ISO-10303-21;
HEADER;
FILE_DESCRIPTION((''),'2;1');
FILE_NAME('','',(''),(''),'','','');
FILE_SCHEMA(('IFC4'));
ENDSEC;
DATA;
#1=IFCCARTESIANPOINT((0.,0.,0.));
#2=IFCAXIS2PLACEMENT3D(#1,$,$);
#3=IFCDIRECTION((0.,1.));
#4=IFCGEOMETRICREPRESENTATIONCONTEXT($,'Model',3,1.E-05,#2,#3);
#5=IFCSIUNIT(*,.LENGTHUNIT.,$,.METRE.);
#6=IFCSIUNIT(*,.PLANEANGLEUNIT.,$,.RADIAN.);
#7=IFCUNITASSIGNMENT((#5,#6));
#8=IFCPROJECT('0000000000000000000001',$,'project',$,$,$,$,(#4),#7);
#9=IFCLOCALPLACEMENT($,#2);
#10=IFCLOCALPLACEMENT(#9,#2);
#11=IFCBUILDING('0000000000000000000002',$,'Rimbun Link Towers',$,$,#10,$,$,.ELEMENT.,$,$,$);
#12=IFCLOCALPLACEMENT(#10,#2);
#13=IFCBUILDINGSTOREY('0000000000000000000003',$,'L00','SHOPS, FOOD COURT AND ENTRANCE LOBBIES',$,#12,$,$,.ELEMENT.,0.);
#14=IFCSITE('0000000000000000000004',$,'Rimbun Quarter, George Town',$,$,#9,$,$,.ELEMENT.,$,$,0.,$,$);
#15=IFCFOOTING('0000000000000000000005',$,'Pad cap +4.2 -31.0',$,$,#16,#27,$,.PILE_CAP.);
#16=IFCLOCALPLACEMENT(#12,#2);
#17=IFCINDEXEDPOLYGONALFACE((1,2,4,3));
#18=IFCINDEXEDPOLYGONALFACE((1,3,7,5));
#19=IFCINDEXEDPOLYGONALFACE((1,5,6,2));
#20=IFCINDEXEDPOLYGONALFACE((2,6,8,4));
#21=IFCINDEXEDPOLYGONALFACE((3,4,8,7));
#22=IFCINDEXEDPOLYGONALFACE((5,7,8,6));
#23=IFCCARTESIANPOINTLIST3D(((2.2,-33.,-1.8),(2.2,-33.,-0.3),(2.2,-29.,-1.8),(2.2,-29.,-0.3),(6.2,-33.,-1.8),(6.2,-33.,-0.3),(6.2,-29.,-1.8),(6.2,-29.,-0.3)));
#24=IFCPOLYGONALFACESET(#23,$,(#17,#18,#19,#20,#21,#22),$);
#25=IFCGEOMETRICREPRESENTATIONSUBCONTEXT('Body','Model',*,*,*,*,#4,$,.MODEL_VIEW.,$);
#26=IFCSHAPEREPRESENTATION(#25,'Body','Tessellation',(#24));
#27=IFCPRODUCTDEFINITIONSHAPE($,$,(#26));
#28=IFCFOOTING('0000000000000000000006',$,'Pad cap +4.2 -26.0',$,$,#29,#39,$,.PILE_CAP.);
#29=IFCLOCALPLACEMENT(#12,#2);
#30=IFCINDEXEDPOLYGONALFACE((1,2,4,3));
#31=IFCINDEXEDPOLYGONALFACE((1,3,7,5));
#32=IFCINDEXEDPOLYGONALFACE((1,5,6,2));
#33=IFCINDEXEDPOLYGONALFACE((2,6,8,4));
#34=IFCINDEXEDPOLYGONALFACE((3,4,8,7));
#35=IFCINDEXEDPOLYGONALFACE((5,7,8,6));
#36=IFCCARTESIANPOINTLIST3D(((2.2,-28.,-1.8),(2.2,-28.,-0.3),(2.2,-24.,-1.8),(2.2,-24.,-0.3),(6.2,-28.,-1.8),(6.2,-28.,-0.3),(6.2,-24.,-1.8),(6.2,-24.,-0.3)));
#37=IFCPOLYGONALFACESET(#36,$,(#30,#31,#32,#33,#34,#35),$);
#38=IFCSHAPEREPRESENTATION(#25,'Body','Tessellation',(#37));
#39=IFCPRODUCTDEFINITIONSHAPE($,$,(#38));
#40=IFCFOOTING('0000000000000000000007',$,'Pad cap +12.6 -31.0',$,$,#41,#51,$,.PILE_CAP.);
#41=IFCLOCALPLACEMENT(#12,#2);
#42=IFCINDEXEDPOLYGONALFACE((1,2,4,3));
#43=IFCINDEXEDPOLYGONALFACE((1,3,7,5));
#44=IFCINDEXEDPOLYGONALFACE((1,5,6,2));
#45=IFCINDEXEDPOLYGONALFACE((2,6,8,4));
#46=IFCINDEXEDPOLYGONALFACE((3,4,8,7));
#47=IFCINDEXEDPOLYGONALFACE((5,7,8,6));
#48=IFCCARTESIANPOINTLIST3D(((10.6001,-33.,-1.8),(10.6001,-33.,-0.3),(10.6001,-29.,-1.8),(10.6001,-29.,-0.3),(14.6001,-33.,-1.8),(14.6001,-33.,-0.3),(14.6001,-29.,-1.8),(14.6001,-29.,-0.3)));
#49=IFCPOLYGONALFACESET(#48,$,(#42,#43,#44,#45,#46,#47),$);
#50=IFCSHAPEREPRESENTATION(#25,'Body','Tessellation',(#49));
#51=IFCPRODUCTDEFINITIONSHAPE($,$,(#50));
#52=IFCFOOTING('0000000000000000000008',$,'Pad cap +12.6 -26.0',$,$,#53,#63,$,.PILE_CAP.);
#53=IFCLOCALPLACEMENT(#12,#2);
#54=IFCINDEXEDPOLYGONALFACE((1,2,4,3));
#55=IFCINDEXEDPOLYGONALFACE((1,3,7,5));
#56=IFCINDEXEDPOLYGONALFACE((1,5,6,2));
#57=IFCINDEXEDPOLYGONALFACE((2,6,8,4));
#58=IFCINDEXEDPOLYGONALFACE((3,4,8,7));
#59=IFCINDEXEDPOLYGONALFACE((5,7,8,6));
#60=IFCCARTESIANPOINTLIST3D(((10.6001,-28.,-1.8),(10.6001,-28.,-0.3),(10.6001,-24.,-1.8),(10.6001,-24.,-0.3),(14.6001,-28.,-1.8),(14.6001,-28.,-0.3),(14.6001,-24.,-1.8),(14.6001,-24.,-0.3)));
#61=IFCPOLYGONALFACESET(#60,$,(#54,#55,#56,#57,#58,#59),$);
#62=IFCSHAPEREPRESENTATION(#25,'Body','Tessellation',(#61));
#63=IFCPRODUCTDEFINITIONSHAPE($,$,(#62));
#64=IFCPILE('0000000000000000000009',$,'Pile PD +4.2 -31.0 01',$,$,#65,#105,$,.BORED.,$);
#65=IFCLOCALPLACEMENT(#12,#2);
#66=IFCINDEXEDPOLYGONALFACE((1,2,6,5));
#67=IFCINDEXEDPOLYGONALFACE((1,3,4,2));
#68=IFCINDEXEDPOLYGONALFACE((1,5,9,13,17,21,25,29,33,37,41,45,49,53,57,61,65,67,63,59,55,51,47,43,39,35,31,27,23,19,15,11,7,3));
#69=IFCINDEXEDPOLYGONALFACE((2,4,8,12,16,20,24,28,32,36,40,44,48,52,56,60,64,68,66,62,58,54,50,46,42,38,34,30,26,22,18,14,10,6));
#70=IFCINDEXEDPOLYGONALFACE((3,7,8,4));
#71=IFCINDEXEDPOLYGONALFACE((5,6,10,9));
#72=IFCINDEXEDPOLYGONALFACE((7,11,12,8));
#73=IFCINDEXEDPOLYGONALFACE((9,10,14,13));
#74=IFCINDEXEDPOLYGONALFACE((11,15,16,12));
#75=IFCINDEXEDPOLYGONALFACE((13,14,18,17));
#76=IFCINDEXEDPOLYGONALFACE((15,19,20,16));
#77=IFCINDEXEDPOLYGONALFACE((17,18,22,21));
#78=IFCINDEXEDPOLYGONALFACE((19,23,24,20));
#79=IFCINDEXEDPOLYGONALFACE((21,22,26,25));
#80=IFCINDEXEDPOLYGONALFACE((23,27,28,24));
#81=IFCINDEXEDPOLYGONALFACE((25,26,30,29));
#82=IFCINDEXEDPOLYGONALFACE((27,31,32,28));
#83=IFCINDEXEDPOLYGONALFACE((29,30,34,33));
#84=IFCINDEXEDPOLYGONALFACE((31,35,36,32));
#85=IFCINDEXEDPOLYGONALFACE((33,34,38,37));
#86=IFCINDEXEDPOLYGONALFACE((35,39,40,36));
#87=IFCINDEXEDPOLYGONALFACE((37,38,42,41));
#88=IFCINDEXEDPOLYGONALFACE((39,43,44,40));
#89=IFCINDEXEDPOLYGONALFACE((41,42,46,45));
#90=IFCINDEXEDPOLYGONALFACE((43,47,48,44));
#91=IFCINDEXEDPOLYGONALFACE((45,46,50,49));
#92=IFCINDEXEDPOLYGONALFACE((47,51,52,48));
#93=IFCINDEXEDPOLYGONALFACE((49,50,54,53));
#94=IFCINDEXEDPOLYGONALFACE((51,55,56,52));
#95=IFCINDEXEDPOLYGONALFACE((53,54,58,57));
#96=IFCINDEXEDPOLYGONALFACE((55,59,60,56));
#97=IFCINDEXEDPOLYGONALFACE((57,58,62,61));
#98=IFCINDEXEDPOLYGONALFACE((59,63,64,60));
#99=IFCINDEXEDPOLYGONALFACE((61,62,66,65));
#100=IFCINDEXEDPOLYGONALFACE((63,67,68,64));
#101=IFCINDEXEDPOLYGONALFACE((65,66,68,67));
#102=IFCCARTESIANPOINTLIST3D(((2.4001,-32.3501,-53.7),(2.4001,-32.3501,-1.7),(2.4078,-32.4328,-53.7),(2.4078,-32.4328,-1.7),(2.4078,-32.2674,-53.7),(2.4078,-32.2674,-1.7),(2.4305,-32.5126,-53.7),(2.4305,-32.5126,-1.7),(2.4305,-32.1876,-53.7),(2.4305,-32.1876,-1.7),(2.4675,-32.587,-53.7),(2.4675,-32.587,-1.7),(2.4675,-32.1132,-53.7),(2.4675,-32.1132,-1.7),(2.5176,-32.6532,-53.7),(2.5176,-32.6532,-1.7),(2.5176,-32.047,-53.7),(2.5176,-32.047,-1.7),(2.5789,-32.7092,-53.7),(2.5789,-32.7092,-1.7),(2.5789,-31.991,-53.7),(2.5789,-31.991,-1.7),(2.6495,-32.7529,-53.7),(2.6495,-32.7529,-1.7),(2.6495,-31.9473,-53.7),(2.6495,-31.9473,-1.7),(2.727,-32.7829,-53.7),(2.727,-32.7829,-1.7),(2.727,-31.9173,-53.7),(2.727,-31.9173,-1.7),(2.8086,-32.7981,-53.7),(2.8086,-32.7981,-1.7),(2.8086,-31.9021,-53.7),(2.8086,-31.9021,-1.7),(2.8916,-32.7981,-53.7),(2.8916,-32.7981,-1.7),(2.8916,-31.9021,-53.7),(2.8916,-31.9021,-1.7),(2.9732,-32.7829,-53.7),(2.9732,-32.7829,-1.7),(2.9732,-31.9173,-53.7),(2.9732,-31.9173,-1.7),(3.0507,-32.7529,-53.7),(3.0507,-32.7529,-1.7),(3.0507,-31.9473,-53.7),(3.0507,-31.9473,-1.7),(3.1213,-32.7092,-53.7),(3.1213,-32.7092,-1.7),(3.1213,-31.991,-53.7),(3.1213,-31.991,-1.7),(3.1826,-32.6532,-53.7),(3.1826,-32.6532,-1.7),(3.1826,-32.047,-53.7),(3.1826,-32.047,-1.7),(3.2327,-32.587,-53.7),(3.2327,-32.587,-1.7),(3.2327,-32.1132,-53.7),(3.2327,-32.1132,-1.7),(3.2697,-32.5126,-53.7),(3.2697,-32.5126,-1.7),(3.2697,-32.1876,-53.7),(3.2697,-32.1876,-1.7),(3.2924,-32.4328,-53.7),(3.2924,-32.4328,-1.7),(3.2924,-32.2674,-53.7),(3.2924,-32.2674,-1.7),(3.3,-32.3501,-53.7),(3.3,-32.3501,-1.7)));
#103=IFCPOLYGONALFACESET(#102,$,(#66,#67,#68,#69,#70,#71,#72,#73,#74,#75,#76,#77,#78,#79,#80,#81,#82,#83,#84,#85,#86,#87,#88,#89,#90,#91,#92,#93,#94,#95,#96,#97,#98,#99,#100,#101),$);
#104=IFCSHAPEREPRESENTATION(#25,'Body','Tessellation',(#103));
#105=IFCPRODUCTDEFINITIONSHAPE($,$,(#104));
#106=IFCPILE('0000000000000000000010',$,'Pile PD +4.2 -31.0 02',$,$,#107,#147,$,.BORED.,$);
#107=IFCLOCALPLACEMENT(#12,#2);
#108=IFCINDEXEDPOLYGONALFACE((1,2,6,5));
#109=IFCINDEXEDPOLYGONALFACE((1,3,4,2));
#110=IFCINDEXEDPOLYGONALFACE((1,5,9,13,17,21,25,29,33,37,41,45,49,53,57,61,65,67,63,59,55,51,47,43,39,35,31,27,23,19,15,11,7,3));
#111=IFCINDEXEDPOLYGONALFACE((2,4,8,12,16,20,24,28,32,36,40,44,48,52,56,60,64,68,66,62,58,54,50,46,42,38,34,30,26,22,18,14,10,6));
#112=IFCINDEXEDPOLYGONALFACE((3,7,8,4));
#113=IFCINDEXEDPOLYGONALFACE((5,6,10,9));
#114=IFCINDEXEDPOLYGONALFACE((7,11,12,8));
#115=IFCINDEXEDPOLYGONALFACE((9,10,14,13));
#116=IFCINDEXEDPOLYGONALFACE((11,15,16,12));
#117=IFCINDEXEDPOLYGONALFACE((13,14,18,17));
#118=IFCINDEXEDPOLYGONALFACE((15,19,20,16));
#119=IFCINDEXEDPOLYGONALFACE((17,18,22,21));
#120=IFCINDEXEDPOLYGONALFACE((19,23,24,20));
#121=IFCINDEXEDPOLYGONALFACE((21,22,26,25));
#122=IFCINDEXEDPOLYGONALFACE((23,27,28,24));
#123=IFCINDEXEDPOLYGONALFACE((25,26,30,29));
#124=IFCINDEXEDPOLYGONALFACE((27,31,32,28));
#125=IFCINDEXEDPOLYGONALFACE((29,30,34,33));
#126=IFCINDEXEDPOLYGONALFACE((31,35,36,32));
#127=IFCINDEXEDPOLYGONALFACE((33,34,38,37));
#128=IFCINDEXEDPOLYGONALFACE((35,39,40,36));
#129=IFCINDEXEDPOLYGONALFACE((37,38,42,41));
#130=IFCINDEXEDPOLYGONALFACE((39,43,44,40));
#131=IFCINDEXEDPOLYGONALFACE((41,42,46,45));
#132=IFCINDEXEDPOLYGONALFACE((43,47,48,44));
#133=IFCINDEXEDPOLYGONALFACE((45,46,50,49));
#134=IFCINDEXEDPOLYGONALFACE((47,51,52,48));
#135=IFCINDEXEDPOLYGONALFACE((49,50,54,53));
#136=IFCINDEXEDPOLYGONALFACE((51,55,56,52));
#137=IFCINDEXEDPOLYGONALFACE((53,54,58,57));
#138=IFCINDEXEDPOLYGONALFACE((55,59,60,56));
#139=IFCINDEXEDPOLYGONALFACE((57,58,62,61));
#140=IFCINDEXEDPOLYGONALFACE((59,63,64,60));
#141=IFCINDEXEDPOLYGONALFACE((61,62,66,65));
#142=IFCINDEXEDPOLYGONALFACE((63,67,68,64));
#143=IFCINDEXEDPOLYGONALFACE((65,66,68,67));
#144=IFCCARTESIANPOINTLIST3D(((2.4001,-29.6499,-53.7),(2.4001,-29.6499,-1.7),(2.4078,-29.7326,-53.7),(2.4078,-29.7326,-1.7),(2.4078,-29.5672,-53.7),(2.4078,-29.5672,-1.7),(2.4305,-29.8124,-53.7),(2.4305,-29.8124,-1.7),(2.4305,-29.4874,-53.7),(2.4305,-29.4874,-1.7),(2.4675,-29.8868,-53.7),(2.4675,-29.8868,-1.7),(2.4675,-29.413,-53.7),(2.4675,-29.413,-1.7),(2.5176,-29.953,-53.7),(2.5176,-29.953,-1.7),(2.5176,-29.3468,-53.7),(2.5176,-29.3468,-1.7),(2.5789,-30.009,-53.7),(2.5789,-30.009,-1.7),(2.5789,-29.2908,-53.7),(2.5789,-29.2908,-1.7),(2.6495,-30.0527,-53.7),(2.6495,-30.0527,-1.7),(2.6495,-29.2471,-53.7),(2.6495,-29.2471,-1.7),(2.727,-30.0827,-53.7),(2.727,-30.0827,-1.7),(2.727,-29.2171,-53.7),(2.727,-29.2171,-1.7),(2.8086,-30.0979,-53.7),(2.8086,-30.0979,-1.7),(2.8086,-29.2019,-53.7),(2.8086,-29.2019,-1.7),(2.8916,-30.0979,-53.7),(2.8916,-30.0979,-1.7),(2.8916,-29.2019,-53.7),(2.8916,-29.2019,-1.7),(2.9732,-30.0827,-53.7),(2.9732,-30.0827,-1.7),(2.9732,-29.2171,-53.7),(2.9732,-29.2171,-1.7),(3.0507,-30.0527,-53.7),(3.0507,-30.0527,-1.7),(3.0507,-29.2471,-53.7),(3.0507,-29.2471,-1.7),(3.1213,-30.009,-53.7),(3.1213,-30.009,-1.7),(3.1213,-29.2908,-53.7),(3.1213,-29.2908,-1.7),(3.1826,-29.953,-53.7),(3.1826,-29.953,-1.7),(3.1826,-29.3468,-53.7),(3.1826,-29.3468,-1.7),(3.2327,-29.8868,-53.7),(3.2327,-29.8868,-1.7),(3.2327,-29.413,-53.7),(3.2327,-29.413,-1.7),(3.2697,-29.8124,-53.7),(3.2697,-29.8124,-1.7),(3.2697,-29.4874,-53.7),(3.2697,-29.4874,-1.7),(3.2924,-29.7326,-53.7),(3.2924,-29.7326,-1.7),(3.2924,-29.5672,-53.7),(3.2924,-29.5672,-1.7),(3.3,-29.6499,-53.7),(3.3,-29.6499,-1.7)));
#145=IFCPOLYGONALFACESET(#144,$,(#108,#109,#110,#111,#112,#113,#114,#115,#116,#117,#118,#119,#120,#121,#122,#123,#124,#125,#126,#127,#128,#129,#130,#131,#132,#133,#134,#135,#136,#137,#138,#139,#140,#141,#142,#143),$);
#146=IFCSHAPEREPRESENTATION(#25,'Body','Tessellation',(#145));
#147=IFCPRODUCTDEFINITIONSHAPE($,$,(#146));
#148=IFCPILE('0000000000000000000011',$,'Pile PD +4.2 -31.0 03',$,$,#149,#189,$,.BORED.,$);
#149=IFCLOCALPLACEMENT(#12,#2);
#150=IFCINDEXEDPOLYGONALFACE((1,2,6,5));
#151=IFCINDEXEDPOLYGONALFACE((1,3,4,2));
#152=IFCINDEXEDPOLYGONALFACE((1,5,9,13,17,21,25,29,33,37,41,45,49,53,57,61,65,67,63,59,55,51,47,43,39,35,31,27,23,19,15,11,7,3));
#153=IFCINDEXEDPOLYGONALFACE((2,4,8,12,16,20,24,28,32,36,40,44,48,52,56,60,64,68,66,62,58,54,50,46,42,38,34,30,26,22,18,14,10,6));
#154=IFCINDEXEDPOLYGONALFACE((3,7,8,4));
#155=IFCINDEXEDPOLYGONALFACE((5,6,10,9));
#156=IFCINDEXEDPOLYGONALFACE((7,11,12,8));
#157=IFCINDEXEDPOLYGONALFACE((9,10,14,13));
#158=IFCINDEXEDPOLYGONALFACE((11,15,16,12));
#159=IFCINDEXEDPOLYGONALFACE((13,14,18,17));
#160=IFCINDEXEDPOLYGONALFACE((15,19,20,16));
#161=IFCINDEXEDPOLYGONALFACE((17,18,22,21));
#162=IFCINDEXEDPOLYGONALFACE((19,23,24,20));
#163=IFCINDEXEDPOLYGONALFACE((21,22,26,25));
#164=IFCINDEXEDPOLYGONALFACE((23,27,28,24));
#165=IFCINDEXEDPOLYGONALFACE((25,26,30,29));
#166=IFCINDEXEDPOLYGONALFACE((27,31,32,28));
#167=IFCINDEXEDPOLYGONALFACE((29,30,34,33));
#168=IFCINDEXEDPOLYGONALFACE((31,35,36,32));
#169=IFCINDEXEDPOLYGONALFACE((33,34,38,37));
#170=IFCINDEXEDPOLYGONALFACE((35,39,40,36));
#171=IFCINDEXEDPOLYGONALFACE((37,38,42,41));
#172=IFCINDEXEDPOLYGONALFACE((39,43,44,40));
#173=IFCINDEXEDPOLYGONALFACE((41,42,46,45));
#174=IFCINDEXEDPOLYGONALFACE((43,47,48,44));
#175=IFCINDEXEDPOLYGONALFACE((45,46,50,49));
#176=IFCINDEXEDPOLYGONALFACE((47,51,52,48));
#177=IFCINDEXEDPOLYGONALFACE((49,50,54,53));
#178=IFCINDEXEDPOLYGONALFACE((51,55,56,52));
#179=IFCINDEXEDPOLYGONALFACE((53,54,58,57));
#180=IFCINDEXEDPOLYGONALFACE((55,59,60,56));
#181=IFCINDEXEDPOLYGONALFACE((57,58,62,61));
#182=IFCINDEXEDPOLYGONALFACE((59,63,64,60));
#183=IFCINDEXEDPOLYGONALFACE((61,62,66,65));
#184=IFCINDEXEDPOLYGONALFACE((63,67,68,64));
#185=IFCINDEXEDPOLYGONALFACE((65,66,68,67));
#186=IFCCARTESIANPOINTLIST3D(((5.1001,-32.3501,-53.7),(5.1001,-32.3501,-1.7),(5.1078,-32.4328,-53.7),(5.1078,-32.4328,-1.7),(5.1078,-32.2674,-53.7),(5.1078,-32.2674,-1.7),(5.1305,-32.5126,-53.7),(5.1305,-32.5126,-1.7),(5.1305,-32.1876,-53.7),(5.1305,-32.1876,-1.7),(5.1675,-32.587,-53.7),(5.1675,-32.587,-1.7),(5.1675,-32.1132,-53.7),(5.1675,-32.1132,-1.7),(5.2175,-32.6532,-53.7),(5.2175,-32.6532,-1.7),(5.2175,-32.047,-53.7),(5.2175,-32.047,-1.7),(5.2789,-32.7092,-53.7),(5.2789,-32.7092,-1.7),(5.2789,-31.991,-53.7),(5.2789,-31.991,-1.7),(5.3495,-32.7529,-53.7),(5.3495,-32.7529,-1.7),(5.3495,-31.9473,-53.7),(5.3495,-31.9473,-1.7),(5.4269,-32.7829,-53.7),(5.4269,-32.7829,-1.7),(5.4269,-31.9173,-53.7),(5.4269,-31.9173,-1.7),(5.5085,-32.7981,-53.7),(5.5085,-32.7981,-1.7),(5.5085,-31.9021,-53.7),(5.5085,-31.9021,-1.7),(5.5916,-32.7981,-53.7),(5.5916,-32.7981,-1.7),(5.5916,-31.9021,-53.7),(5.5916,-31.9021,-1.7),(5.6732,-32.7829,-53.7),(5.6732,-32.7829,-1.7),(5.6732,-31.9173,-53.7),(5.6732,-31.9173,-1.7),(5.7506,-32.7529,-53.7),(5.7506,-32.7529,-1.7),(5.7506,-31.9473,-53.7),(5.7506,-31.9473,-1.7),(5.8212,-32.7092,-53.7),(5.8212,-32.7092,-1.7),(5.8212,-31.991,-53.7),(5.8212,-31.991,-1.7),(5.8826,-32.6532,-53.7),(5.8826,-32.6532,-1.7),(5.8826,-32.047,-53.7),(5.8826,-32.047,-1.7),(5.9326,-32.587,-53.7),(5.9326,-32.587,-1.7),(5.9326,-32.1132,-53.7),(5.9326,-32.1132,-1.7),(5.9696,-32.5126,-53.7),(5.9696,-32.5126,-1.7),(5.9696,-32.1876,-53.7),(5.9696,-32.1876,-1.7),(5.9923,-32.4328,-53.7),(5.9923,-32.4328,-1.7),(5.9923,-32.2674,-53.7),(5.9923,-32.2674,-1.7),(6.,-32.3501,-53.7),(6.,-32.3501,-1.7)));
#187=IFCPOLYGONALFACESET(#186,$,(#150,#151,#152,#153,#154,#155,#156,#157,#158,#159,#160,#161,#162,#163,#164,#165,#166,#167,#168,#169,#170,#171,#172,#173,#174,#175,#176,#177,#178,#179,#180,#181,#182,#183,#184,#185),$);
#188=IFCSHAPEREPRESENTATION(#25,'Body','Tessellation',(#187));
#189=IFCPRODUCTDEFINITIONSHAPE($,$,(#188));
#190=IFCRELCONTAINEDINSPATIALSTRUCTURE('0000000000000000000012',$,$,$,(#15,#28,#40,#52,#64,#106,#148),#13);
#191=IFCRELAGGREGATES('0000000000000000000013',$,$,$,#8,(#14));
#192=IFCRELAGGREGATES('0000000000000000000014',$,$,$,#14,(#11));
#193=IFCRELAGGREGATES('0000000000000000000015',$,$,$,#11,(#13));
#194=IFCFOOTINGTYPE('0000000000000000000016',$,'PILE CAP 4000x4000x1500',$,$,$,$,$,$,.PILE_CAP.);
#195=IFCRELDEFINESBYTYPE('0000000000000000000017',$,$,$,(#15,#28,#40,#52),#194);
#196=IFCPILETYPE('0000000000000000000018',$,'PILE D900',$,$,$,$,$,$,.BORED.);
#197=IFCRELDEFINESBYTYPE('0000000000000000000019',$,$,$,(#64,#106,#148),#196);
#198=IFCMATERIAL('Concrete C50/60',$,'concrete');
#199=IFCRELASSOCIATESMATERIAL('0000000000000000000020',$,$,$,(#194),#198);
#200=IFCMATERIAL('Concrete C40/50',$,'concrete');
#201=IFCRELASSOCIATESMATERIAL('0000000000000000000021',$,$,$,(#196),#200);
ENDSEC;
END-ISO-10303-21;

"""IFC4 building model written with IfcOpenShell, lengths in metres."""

from ifc_helpers import new_model, si_unit, direction, frame, origin, origin_2d, place, context, subcontext, project, spatial, rectangle, circle, extrude, material, material_profile, profile_set, type_object, element, save


model = new_model("IFC4")

# Units and contexts
model_context = context("Model", 3, precision=1e-05, world=origin(), true_north=direction((0.0, 1.0)))
body_context = subcontext(model_context, "Body", "Model", "MODEL_VIEW")
ifc_project = project(units=[si_unit("LENGTHUNIT", "METRE"), si_unit("PLANEANGLEUNIT", "RADIAN")], contexts=[model_context])

# Site, building, storey
site_placement = place(None, origin())
site = spatial("IfcSite", under=ifc_project, at=site_placement, Name="Rimbun Quarter, George Town", CompositionType="ELEMENT", RefElevation=0.0)
building_placement = place(site_placement, origin())
building = spatial("IfcBuilding", under=site, at=building_placement, Name="Rimbun Link Towers", CompositionType="ELEMENT")
storey_placement = place(building_placement, origin())
storey = spatial("IfcBuildingStorey", under=building, at=storey_placement, Name="L00", Description="SHOPS, FOOD COURT AND ENTRANCE LOBBIES", CompositionType="ELEMENT", Elevation=0.0)

# Footings
ifc_material_1 = material(Name="Concrete C50/60", Category="concrete")
footing_type = type_object("IfcFootingType", Name="PILE CAP 4000x4000x1500", PredefinedType="PILE_CAP", material=ifc_material_1)
for number, where, z_axis, x_axis, name in (
    (1, (4.2, -31.0, -1.8), (0.0, 0.0, 1.0), (1.0, 0.0, 0.0), "Pad cap +4.2 -31.0"),
    (2, (4.2, -26.0, -1.8), (0.0, 0.0, 1.0), (1.0, 0.0, 0.0), "Pad cap +4.2 -26.0"),
    (3, (12.6001, -31.0, -1.8), (0.0, 0.0, 1.0), (1.0, 0.0, 0.0), "Pad cap +12.6 -31.0"),
    (4, (12.6001, -26.0, -1.8), (0.0, 0.0, 1.0), (1.0, 0.0, 0.0), "Pad cap +12.6 -26.0"),
):
    element("IfcFooting", number, at=place(storey_placement, frame(where, z_axis=z_axis, x_axis=x_axis)), inside=storey, type_object=footing_type, Name=name, PredefinedType="PILE_CAP", context=body_context, shape_type="SweptSolid", body=[
        extrude(rectangle(XDim=4.0, YDim=4.0, at=origin_2d()), origin(), (0.0, 0.0, 1.0), 1.5),
    ])

# Piles
ifc_material_2 = material(Name="Concrete C40/50", Category="concrete")
ifc_material_profile_1 = material_profile(ifc_material_2, circle(Radius=0.45, at=origin_2d()), Name="PILE D900")
ifc_profile_set_1 = profile_set([ifc_material_profile_1], Name="Concrete C40/50")
pile_type = type_object("IfcPileType", Name="PILE D900", PredefinedType="BORED", material=ifc_profile_set_1)
for number, where, z_axis, x_axis, name in (
    (5, (2.8501, -32.3501, -1.7), (0.0, 0.0, -1.0), (1.0, 0.0, 0.0), "Pile PD +4.2 -31.0 01"),
    (6, (2.8501, -29.6499, -1.7), (0.0, 0.0, -1.0), (1.0, 0.0, 0.0), "Pile PD +4.2 -31.0 02"),
    (7, (5.55, -32.3501, -1.7), (0.0, 0.0, -1.0), (1.0, 0.0, 0.0), "Pile PD +4.2 -31.0 03"),
):
    element("IfcPile", number, at=place(storey_placement, frame(where, z_axis=z_axis, x_axis=x_axis)), inside=storey, type_object=pile_type, Name=name, PredefinedType="BORED", context=body_context, shape_type="SweptSolid", body=[
        extrude(circle(Radius=0.45, at=origin_2d()), origin(), (0.0, 0.0, 1.0), 52.0),
    ])

save(model, "model.ifc")
